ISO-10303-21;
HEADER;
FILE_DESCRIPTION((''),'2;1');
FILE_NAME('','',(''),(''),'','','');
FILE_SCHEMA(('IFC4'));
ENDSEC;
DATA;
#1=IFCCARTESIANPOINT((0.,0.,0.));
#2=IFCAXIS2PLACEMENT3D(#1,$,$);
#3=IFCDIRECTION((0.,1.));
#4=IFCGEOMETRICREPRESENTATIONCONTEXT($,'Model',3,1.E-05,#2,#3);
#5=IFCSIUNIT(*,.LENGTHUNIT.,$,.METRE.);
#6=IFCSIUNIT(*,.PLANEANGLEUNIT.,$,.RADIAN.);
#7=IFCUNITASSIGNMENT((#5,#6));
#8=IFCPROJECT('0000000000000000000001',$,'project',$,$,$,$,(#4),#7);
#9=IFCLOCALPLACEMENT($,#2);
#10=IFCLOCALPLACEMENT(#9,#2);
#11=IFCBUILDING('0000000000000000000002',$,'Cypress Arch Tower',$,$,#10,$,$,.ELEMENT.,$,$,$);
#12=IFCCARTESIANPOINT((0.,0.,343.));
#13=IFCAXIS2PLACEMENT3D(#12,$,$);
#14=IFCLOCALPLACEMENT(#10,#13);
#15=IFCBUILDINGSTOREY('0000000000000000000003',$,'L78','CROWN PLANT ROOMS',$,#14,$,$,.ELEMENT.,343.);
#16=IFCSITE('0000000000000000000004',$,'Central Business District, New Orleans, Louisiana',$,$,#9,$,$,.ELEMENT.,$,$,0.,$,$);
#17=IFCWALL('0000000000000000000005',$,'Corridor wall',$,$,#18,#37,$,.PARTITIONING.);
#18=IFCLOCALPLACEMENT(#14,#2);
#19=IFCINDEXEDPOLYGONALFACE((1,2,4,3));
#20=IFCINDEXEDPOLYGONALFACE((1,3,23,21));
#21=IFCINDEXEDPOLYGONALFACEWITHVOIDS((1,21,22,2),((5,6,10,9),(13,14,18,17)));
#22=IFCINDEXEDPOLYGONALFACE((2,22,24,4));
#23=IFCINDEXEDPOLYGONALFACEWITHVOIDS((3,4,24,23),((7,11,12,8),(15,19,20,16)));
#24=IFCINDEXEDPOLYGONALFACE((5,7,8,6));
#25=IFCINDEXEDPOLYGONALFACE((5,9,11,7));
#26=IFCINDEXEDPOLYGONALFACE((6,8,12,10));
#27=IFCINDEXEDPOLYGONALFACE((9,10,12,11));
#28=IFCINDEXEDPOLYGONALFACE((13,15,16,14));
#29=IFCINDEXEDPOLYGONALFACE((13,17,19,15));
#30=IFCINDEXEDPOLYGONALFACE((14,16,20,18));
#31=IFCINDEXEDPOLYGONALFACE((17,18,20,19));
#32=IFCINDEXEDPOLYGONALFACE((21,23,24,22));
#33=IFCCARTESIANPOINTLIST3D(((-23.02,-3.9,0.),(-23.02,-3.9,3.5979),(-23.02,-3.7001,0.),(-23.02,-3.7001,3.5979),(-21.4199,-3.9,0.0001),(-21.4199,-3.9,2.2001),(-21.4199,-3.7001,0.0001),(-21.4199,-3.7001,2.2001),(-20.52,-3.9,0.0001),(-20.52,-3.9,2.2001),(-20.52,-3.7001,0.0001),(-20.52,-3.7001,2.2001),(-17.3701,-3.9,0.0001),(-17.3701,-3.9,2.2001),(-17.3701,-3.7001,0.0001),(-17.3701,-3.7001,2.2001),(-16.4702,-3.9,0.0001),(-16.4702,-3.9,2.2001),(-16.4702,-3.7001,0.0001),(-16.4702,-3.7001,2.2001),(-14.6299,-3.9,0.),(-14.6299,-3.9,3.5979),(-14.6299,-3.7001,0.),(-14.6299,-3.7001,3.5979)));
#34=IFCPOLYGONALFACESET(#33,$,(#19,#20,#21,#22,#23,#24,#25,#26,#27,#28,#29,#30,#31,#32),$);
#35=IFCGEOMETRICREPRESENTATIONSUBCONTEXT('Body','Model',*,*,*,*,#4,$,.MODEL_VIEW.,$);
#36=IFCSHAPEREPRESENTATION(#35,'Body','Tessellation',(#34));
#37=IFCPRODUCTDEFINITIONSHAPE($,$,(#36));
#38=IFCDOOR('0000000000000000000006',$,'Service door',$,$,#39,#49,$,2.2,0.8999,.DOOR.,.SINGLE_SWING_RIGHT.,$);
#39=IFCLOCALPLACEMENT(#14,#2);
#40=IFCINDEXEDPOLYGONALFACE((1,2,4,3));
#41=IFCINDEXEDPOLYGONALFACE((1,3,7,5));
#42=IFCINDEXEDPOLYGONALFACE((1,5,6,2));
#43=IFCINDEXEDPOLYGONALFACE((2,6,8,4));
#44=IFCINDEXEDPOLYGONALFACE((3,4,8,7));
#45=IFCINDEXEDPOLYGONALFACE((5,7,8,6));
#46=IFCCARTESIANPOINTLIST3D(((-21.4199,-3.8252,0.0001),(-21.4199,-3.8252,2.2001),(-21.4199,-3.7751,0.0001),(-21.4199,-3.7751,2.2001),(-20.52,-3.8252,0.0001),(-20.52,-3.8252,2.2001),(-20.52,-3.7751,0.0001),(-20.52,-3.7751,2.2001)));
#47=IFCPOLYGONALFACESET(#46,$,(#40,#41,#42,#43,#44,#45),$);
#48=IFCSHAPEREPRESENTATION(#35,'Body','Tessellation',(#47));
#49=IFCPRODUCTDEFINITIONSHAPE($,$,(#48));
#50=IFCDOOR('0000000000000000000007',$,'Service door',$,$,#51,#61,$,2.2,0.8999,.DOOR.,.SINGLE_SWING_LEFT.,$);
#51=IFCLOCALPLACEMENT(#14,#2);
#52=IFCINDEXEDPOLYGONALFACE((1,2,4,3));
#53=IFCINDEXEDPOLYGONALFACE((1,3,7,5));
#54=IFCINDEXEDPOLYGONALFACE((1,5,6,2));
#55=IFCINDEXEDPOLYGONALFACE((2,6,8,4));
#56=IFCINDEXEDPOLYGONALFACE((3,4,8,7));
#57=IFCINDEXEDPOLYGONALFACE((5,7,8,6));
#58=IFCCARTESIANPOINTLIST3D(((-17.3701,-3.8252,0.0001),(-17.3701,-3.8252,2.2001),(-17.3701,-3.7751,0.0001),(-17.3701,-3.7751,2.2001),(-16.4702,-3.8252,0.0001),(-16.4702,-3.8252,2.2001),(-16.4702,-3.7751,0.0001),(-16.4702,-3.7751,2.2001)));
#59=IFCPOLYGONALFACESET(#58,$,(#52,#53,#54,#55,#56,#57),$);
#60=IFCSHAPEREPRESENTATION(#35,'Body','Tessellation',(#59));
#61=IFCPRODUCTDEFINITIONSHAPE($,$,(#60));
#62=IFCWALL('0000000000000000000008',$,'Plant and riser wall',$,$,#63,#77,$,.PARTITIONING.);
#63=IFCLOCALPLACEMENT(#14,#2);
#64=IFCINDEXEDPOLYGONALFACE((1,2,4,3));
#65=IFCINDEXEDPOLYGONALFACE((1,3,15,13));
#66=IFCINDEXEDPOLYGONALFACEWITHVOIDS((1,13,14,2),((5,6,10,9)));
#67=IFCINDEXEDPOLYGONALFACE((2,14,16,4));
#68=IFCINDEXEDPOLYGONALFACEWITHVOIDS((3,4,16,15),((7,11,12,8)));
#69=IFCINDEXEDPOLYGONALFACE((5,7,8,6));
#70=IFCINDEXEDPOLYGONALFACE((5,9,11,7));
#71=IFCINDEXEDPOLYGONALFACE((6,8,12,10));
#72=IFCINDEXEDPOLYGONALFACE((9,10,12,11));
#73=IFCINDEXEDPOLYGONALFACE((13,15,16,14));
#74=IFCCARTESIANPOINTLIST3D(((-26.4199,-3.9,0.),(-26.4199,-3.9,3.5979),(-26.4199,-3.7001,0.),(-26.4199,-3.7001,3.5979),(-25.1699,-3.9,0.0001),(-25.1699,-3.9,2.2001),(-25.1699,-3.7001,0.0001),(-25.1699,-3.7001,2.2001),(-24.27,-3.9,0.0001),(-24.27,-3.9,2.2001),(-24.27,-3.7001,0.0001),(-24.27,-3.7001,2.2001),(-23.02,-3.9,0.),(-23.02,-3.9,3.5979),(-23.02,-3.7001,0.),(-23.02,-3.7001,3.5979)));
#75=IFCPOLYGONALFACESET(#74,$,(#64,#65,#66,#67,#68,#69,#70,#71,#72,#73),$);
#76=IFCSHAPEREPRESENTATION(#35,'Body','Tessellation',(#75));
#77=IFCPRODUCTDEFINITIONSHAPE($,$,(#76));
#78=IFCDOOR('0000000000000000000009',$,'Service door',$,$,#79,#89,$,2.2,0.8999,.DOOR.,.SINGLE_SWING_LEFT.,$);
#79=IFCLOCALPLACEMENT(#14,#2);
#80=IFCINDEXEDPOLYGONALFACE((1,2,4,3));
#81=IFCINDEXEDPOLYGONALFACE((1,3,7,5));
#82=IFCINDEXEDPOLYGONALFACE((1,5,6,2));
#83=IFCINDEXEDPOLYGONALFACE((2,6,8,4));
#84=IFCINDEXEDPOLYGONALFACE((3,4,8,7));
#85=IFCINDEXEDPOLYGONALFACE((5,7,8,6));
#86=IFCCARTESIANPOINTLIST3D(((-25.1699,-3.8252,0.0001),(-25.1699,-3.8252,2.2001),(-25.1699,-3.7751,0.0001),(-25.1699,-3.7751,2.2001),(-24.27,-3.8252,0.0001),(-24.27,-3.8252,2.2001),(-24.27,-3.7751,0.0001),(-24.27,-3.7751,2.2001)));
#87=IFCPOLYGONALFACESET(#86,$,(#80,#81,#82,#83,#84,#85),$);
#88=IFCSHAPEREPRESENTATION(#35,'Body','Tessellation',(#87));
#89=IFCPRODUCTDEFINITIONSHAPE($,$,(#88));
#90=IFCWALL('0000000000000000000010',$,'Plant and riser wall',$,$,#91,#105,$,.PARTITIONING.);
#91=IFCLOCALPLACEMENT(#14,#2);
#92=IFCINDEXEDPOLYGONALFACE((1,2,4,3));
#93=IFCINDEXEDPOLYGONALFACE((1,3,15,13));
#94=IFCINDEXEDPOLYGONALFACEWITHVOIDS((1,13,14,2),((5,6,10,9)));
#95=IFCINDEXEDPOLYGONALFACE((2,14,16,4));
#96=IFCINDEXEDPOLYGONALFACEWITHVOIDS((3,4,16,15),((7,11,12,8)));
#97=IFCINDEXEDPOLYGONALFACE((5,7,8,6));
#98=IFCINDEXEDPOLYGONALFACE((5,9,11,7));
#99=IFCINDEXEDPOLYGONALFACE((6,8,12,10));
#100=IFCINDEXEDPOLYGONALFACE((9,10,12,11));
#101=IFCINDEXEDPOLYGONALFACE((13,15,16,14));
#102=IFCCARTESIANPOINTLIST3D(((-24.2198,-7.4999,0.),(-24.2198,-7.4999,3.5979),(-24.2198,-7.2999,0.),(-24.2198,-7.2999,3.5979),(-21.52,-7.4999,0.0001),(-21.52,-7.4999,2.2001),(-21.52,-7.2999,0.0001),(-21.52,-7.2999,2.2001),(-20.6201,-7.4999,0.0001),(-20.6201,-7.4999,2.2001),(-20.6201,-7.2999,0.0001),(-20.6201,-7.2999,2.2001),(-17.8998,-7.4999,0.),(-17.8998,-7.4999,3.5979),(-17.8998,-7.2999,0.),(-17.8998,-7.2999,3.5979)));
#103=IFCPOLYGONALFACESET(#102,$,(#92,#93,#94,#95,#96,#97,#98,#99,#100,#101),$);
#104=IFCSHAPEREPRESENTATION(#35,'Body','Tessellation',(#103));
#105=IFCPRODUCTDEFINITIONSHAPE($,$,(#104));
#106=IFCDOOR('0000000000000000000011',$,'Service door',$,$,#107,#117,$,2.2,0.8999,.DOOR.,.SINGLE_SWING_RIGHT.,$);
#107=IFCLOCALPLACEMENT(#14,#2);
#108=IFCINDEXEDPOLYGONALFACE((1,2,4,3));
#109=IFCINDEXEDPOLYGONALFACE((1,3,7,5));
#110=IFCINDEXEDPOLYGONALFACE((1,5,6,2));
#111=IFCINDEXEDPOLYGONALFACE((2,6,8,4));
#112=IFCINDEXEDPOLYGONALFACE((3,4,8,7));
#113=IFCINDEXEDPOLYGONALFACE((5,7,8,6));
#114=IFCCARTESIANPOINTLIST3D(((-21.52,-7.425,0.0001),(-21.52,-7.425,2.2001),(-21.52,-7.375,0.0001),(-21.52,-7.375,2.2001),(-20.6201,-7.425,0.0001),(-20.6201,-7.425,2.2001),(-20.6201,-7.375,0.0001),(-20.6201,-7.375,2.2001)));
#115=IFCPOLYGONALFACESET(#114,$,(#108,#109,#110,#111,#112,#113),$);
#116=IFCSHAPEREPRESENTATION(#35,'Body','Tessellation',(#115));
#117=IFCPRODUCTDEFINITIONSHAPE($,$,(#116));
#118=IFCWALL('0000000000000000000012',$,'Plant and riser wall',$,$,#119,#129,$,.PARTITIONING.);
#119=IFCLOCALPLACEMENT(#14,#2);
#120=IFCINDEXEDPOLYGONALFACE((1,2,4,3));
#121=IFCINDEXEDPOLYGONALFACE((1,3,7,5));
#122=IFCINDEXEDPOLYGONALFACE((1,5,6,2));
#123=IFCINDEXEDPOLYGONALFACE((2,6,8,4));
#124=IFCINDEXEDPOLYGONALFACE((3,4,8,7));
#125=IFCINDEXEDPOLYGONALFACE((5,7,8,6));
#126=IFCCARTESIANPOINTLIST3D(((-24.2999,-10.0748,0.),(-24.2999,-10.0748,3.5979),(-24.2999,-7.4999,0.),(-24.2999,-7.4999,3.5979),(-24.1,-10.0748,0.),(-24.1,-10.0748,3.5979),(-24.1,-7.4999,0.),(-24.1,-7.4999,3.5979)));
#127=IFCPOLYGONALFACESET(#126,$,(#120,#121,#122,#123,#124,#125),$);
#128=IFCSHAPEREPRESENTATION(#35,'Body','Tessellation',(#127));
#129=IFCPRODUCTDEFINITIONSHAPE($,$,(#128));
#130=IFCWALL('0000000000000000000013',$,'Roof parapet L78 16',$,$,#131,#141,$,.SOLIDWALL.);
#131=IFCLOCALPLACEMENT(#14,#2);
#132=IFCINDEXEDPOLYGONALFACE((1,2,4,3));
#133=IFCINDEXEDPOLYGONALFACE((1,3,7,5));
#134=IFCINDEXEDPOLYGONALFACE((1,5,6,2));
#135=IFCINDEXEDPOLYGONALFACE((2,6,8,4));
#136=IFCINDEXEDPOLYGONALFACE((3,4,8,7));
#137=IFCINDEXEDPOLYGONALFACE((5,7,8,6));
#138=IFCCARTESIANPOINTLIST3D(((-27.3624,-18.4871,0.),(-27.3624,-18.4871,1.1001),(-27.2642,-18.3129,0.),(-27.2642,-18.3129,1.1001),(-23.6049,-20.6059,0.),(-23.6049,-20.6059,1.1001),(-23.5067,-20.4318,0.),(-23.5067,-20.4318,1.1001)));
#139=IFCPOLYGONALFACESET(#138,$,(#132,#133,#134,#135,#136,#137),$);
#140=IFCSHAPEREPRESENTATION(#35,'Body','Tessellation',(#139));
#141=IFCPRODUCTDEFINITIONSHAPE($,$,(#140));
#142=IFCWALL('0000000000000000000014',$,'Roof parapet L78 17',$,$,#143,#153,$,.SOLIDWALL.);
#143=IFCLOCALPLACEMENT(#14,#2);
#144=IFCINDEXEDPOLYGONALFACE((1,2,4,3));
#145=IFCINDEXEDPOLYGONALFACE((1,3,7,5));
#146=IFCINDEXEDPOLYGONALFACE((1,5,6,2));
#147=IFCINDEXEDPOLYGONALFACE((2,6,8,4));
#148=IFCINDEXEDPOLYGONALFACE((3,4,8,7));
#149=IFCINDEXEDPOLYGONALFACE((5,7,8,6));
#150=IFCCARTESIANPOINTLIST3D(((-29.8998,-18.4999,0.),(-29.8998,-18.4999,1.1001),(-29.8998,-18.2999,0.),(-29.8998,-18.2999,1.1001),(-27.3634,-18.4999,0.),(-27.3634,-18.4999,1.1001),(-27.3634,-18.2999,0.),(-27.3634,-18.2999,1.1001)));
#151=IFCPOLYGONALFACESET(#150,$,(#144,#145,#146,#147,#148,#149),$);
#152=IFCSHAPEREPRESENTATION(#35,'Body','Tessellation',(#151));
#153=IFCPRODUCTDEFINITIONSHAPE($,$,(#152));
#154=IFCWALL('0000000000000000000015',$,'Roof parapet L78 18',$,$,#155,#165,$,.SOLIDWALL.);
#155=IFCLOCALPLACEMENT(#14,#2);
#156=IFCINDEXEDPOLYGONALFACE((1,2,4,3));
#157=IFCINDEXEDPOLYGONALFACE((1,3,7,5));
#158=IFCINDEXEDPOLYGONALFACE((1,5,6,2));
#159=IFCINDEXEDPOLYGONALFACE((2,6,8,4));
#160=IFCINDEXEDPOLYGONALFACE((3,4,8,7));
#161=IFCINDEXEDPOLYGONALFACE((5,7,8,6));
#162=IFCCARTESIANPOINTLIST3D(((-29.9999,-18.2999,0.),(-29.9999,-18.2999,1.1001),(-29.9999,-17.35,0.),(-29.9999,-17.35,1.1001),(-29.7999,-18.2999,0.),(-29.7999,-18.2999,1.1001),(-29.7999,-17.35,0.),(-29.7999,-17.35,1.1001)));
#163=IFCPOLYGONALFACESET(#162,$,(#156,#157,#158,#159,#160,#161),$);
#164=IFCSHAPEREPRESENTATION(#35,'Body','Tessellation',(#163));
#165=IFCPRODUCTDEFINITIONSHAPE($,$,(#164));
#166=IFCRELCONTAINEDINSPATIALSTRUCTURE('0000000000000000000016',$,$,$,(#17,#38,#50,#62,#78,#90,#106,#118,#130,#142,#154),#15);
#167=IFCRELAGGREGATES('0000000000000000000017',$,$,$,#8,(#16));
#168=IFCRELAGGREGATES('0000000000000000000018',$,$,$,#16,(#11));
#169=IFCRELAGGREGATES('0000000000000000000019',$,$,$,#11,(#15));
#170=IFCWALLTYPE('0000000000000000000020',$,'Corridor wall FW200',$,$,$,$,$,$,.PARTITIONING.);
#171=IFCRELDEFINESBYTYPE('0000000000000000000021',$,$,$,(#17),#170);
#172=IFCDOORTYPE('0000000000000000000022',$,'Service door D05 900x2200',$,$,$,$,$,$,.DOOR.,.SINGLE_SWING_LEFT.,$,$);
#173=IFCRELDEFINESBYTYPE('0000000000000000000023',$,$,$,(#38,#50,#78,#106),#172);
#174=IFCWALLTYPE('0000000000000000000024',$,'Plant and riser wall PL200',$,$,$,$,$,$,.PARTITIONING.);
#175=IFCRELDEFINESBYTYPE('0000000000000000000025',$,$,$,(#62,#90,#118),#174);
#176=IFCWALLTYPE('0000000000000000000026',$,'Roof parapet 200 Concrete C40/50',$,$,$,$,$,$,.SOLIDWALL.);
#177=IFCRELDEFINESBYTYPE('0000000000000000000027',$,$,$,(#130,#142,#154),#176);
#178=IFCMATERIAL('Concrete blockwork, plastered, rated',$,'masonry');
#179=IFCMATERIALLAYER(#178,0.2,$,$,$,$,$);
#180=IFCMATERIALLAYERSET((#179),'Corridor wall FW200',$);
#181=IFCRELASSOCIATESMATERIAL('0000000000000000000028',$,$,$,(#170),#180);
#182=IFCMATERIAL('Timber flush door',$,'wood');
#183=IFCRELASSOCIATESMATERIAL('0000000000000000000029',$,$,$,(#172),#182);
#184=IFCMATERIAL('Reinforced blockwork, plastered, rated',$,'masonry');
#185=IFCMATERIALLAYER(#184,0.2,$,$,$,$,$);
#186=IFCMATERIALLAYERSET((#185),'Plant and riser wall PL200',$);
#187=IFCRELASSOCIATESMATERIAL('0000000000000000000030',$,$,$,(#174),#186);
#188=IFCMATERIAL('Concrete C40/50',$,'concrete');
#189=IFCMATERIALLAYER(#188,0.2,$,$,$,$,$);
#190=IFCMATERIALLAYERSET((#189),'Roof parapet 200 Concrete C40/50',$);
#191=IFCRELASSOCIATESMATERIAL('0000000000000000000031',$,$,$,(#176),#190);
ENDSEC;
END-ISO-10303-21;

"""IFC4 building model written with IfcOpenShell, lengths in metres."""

from ifc_helpers import new_model, si_unit, direction, frame, frame_2d, origin, place, context, subcontext, project, spatial, rectangle, extrude, material, layer, layer_set, type_object, element, fill, save


model = new_model("IFC4")

# Units and contexts
model_context = context("Model", 3, precision=1e-05, world=origin(), true_north=direction((0.0, 1.0)))
body_context = subcontext(model_context, "Body", "Model", "MODEL_VIEW")
ifc_project = project(units=[si_unit("LENGTHUNIT", "METRE"), si_unit("PLANEANGLEUNIT", "RADIAN")], contexts=[model_context])

# Site, building, storey
site_placement = place(None, origin())
site = spatial("IfcSite", under=ifc_project, at=site_placement, Name="Central Business District, New Orleans, Louisiana", CompositionType="ELEMENT", RefElevation=0.0)
building_placement = place(site_placement, origin())
building = spatial("IfcBuilding", under=site, at=building_placement, Name="Cypress Arch Tower", CompositionType="ELEMENT")
storey_placement = place(building_placement, frame((0.0, 0.0, 343.0)))
storey = spatial("IfcBuildingStorey", under=building, at=storey_placement, Name="L78", Description="CROWN PLANT ROOMS", CompositionType="ELEMENT", Elevation=343.0)

# Shared definitions
ifc_material_1 = material(Name="Concrete blockwork, plastered, rated", Category="masonry")
ifc_layer_1 = layer(ifc_material_1, 0.2)
ifc_layer_set_1 = layer_set([ifc_layer_1], Name="Corridor wall FW200")
wall_type_1 = type_object("IfcWallType", Name="Corridor wall FW200", PredefinedType="PARTITIONING", material=ifc_layer_set_1)
ifc_material_2 = material(Name="Timber flush door", Category="wood")
door_type = type_object("IfcDoorType", Name="Service door D05 900x2200", OperationType="SINGLE_SWING_LEFT", PredefinedType="DOOR", material=ifc_material_2)

# Wall, openings, doors
wall_1_placement = place(storey_placement, frame((-23.02, -3.8, 0.0), z_axis=(0.0, 0.0, 1.0), x_axis=(1.0, 0.0, 0.0)))
wall_1 = element("IfcWall", 1, at=wall_1_placement, inside=storey, type_object=wall_type_1, Name="Corridor wall", PredefinedType="PARTITIONING", context=body_context, shape_type="SweptSolid", body=[
    extrude(rectangle(XDim=8.3901, YDim=0.2, at=frame_2d((4.1951, 0.0))), origin(), (0.0, 0.0, 1.0), 3.5979),
])
opening_1_placement = place(wall_1_placement, frame((1.6001, 0.0, 0.0)))
opening_1 = element("IfcOpeningElement", 2, at=opening_1_placement, cuts=wall_1, PredefinedType="OPENING", context=body_context, shape_type="SweptSolid", body=[
    extrude(rectangle(XDim=0.8999, YDim=2.2, at=frame_2d((0.45, 1.1001))), frame((0.0, 0.1099, 0.0), z_axis=(0.0, -1.0, 0.0), x_axis=(1.0, 0.0, 0.0)), (0.0, 0.0, 1.0), 0.22),
])
opening_2_placement = place(wall_1_placement, frame((5.6499, 0.0, 0.0)))
opening_2 = element("IfcOpeningElement", 3, at=opening_2_placement, cuts=wall_1, PredefinedType="OPENING", context=body_context, shape_type="SweptSolid", body=[
    extrude(rectangle(XDim=0.8999, YDim=2.2, at=frame_2d((0.45, 1.1001))), frame((0.0, 0.1099, 0.0), z_axis=(0.0, -1.0, 0.0), x_axis=(1.0, 0.0, 0.0)), (0.0, 0.0, 1.0), 0.22),
])
door_1_placement = place(opening_1_placement, origin())
door_1 = element("IfcDoor", 4, at=door_1_placement, inside=storey, type_object=door_type, Name="Service door", OperationType="SINGLE_SWING_RIGHT", OverallHeight=2.2, OverallWidth=0.8999, PredefinedType="DOOR", context=body_context, shape_type="SweptSolid", body=[
    extrude(rectangle(XDim=0.8999, YDim=2.2, at=frame_2d((0.45, 1.1001))), frame((0.0, 0.0249, 0.0), z_axis=(0.0, -1.0, 0.0), x_axis=(1.0, 0.0, 0.0)), (0.0, 0.0, 1.0), 0.05),
])
fill(opening_1, door_1)
door_2_placement = place(opening_2_placement, origin())
door_2 = element("IfcDoor", 5, at=door_2_placement, inside=storey, type_object=door_type, Name="Service door", OperationType="SINGLE_SWING_LEFT", OverallHeight=2.2, OverallWidth=0.8999, PredefinedType="DOOR", context=body_context, shape_type="SweptSolid", body=[
    extrude(rectangle(XDim=0.8999, YDim=2.2, at=frame_2d((0.45, 1.1001))), frame((0.0, 0.0249, 0.0), z_axis=(0.0, -1.0, 0.0), x_axis=(1.0, 0.0, 0.0)), (0.0, 0.0, 1.0), 0.05),
])
fill(opening_2, door_2)

# Walls, openings, doors
ifc_material_3 = material(Name="Reinforced blockwork, plastered, rated", Category="masonry")
ifc_layer_2 = layer(ifc_material_3, 0.2)
ifc_layer_set_2 = layer_set([ifc_layer_2], Name="Plant and riser wall PL200")
wall_type_2 = type_object("IfcWallType", Name="Plant and riser wall PL200", PredefinedType="PARTITIONING", material=ifc_layer_set_2)
wall_2_placement = place(storey_placement, frame((-26.4199, -3.8, 0.0), z_axis=(0.0, 0.0, 1.0), x_axis=(1.0, 0.0, 0.0)))
wall_2 = element("IfcWall", 6, at=wall_2_placement, inside=storey, type_object=wall_type_2, Name="Plant and riser wall", PredefinedType="PARTITIONING", context=body_context, shape_type="SweptSolid", body=[
    extrude(rectangle(XDim=3.3999, YDim=0.2, at=frame_2d((1.7, 0.0))), origin(), (0.0, 0.0, 1.0), 3.5979),
])
opening_3_placement = place(wall_2_placement, frame((1.25, 0.0, 0.0)))
opening_3 = element("IfcOpeningElement", 7, at=opening_3_placement, cuts=wall_2, PredefinedType="OPENING", context=body_context, shape_type="SweptSolid", body=[
    extrude(rectangle(XDim=0.8999, YDim=2.2, at=frame_2d((0.45, 1.1001))), frame((0.0, 0.1099, 0.0), z_axis=(0.0, -1.0, 0.0), x_axis=(1.0, 0.0, 0.0)), (0.0, 0.0, 1.0), 0.22),
])
door_3_placement = place(opening_3_placement, origin())
door_3 = element("IfcDoor", 8, at=door_3_placement, inside=storey, type_object=door_type, Name="Service door", OperationType="SINGLE_SWING_LEFT", OverallHeight=2.2, OverallWidth=0.8999, PredefinedType="DOOR", context=body_context, shape_type="SweptSolid", body=[
    extrude(rectangle(XDim=0.8999, YDim=2.2, at=frame_2d((0.45, 1.1001))), frame((0.0, 0.0249, 0.0), z_axis=(0.0, -1.0, 0.0), x_axis=(1.0, 0.0, 0.0)), (0.0, 0.0, 1.0), 0.05),
])
fill(opening_3, door_3)
wall_3_placement = place(storey_placement, frame((-24.22, -7.3999, 0.0), z_axis=(0.0, 0.0, 1.0), x_axis=(1.0, 0.0, 0.0)))
wall_3 = element("IfcWall", 9, at=wall_3_placement, inside=storey, type_object=wall_type_2, Name="Plant and riser wall", PredefinedType="PARTITIONING", context=body_context, shape_type="SweptSolid", body=[
    extrude(rectangle(XDim=6.3201, YDim=0.2, at=frame_2d((3.1602, 0.0))), origin(), (0.0, 0.0, 1.0), 3.5979),
])
opening_4_placement = place(wall_3_placement, frame((2.7, 0.0, 0.0)))
opening_4 = element("IfcOpeningElement", 10, at=opening_4_placement, cuts=wall_3, PredefinedType="OPENING", context=body_context, shape_type="SweptSolid", body=[
    extrude(rectangle(XDim=0.8999, YDim=2.2, at=frame_2d((0.45, 1.1001))), frame((0.0, 0.1099, 0.0), z_axis=(0.0, -1.0, 0.0), x_axis=(1.0, 0.0, 0.0)), (0.0, 0.0, 1.0), 0.22),
])
door_4_placement = place(opening_4_placement, origin())
door_4 = element("IfcDoor", 11, at=door_4_placement, inside=storey, type_object=door_type, Name="Service door", OperationType="SINGLE_SWING_RIGHT", OverallHeight=2.2, OverallWidth=0.8999, PredefinedType="DOOR", context=body_context, shape_type="SweptSolid", body=[
    extrude(rectangle(XDim=0.8999, YDim=2.2, at=frame_2d((0.45, 1.1001))), frame((0.0, 0.0249, 0.0), z_axis=(0.0, -1.0, 0.0), x_axis=(1.0, 0.0, 0.0)), (0.0, 0.0, 1.0), 0.05),
])
fill(opening_4, door_4)

# Walls
wall_4_placement = place(storey_placement, frame((-24.2, -10.075, 0.0), z_axis=(0.0, 0.0, 1.0), x_axis=(0.0, 1.0, 0.0)))
element("IfcWall", 12, at=wall_4_placement, inside=storey, type_object=wall_type_2, Name="Plant and riser wall", PredefinedType="PARTITIONING", context=body_context, shape_type="SweptSolid", body=[
    extrude(rectangle(XDim=2.575, YDim=0.2, at=frame_2d((1.2876, 0.0))), origin(), (0.0, 0.0, 1.0), 3.5979),
])
ifc_material_4 = material(Name="Concrete C40/50", Category="concrete")
ifc_layer_3 = layer(ifc_material_4, 0.2)
ifc_layer_set_3 = layer_set([ifc_layer_3], Name="Roof parapet 200 Concrete C40/50")
wall_type_3 = type_object("IfcWallType", Name="Roof parapet 200 Concrete C40/50", PredefinedType="SOLIDWALL", material=ifc_layer_set_3)
wall_5_placement = place(storey_placement, frame((-23.5559, -20.5188, 0.0), z_axis=(0.0, 0.0, 1.0), x_axis=(-0.871054, 0.491188, 0.0)))
element("IfcWall", 13, at=wall_5_placement, inside=storey, type_object=wall_type_3, Name="Roof parapet L78 16", PredefinedType="SOLIDWALL", context=body_context, shape_type="SweptSolid", body=[
    extrude(rectangle(XDim=4.3137, YDim=0.2, at=frame_2d((2.1567, 0.0))), origin(), (0.0, 0.0, 1.0), 1.1001),
])
wall_6_placement = place(storey_placement, frame((-27.3635, -18.3999, 0.0), z_axis=(0.0, 0.0, 1.0), x_axis=(-1.0, 0.0, 0.0)))
element("IfcWall", 14, at=wall_6_placement, inside=storey, type_object=wall_type_3, Name="Roof parapet L78 17", PredefinedType="SOLIDWALL", context=body_context, shape_type="SweptSolid", body=[
    extrude(rectangle(XDim=2.5364, YDim=0.2, at=frame_2d((1.2681, 0.0))), origin(), (0.0, 0.0, 1.0), 1.1001),
])
wall_7_placement = place(storey_placement, frame((-29.8999, -18.3, 0.0), z_axis=(0.0, 0.0, 1.0), x_axis=(0.0, 1.0, 0.0)))
element("IfcWall", 15, at=wall_7_placement, inside=storey, type_object=wall_type_3, Name="Roof parapet L78 18", PredefinedType="SOLIDWALL", context=body_context, shape_type="SweptSolid", body=[
    extrude(rectangle(XDim=0.95, YDim=0.2, at=frame_2d((0.4751, 0.0))), origin(), (0.0, 0.0, 1.0), 1.1001),
])

save(model, "model.ifc")
